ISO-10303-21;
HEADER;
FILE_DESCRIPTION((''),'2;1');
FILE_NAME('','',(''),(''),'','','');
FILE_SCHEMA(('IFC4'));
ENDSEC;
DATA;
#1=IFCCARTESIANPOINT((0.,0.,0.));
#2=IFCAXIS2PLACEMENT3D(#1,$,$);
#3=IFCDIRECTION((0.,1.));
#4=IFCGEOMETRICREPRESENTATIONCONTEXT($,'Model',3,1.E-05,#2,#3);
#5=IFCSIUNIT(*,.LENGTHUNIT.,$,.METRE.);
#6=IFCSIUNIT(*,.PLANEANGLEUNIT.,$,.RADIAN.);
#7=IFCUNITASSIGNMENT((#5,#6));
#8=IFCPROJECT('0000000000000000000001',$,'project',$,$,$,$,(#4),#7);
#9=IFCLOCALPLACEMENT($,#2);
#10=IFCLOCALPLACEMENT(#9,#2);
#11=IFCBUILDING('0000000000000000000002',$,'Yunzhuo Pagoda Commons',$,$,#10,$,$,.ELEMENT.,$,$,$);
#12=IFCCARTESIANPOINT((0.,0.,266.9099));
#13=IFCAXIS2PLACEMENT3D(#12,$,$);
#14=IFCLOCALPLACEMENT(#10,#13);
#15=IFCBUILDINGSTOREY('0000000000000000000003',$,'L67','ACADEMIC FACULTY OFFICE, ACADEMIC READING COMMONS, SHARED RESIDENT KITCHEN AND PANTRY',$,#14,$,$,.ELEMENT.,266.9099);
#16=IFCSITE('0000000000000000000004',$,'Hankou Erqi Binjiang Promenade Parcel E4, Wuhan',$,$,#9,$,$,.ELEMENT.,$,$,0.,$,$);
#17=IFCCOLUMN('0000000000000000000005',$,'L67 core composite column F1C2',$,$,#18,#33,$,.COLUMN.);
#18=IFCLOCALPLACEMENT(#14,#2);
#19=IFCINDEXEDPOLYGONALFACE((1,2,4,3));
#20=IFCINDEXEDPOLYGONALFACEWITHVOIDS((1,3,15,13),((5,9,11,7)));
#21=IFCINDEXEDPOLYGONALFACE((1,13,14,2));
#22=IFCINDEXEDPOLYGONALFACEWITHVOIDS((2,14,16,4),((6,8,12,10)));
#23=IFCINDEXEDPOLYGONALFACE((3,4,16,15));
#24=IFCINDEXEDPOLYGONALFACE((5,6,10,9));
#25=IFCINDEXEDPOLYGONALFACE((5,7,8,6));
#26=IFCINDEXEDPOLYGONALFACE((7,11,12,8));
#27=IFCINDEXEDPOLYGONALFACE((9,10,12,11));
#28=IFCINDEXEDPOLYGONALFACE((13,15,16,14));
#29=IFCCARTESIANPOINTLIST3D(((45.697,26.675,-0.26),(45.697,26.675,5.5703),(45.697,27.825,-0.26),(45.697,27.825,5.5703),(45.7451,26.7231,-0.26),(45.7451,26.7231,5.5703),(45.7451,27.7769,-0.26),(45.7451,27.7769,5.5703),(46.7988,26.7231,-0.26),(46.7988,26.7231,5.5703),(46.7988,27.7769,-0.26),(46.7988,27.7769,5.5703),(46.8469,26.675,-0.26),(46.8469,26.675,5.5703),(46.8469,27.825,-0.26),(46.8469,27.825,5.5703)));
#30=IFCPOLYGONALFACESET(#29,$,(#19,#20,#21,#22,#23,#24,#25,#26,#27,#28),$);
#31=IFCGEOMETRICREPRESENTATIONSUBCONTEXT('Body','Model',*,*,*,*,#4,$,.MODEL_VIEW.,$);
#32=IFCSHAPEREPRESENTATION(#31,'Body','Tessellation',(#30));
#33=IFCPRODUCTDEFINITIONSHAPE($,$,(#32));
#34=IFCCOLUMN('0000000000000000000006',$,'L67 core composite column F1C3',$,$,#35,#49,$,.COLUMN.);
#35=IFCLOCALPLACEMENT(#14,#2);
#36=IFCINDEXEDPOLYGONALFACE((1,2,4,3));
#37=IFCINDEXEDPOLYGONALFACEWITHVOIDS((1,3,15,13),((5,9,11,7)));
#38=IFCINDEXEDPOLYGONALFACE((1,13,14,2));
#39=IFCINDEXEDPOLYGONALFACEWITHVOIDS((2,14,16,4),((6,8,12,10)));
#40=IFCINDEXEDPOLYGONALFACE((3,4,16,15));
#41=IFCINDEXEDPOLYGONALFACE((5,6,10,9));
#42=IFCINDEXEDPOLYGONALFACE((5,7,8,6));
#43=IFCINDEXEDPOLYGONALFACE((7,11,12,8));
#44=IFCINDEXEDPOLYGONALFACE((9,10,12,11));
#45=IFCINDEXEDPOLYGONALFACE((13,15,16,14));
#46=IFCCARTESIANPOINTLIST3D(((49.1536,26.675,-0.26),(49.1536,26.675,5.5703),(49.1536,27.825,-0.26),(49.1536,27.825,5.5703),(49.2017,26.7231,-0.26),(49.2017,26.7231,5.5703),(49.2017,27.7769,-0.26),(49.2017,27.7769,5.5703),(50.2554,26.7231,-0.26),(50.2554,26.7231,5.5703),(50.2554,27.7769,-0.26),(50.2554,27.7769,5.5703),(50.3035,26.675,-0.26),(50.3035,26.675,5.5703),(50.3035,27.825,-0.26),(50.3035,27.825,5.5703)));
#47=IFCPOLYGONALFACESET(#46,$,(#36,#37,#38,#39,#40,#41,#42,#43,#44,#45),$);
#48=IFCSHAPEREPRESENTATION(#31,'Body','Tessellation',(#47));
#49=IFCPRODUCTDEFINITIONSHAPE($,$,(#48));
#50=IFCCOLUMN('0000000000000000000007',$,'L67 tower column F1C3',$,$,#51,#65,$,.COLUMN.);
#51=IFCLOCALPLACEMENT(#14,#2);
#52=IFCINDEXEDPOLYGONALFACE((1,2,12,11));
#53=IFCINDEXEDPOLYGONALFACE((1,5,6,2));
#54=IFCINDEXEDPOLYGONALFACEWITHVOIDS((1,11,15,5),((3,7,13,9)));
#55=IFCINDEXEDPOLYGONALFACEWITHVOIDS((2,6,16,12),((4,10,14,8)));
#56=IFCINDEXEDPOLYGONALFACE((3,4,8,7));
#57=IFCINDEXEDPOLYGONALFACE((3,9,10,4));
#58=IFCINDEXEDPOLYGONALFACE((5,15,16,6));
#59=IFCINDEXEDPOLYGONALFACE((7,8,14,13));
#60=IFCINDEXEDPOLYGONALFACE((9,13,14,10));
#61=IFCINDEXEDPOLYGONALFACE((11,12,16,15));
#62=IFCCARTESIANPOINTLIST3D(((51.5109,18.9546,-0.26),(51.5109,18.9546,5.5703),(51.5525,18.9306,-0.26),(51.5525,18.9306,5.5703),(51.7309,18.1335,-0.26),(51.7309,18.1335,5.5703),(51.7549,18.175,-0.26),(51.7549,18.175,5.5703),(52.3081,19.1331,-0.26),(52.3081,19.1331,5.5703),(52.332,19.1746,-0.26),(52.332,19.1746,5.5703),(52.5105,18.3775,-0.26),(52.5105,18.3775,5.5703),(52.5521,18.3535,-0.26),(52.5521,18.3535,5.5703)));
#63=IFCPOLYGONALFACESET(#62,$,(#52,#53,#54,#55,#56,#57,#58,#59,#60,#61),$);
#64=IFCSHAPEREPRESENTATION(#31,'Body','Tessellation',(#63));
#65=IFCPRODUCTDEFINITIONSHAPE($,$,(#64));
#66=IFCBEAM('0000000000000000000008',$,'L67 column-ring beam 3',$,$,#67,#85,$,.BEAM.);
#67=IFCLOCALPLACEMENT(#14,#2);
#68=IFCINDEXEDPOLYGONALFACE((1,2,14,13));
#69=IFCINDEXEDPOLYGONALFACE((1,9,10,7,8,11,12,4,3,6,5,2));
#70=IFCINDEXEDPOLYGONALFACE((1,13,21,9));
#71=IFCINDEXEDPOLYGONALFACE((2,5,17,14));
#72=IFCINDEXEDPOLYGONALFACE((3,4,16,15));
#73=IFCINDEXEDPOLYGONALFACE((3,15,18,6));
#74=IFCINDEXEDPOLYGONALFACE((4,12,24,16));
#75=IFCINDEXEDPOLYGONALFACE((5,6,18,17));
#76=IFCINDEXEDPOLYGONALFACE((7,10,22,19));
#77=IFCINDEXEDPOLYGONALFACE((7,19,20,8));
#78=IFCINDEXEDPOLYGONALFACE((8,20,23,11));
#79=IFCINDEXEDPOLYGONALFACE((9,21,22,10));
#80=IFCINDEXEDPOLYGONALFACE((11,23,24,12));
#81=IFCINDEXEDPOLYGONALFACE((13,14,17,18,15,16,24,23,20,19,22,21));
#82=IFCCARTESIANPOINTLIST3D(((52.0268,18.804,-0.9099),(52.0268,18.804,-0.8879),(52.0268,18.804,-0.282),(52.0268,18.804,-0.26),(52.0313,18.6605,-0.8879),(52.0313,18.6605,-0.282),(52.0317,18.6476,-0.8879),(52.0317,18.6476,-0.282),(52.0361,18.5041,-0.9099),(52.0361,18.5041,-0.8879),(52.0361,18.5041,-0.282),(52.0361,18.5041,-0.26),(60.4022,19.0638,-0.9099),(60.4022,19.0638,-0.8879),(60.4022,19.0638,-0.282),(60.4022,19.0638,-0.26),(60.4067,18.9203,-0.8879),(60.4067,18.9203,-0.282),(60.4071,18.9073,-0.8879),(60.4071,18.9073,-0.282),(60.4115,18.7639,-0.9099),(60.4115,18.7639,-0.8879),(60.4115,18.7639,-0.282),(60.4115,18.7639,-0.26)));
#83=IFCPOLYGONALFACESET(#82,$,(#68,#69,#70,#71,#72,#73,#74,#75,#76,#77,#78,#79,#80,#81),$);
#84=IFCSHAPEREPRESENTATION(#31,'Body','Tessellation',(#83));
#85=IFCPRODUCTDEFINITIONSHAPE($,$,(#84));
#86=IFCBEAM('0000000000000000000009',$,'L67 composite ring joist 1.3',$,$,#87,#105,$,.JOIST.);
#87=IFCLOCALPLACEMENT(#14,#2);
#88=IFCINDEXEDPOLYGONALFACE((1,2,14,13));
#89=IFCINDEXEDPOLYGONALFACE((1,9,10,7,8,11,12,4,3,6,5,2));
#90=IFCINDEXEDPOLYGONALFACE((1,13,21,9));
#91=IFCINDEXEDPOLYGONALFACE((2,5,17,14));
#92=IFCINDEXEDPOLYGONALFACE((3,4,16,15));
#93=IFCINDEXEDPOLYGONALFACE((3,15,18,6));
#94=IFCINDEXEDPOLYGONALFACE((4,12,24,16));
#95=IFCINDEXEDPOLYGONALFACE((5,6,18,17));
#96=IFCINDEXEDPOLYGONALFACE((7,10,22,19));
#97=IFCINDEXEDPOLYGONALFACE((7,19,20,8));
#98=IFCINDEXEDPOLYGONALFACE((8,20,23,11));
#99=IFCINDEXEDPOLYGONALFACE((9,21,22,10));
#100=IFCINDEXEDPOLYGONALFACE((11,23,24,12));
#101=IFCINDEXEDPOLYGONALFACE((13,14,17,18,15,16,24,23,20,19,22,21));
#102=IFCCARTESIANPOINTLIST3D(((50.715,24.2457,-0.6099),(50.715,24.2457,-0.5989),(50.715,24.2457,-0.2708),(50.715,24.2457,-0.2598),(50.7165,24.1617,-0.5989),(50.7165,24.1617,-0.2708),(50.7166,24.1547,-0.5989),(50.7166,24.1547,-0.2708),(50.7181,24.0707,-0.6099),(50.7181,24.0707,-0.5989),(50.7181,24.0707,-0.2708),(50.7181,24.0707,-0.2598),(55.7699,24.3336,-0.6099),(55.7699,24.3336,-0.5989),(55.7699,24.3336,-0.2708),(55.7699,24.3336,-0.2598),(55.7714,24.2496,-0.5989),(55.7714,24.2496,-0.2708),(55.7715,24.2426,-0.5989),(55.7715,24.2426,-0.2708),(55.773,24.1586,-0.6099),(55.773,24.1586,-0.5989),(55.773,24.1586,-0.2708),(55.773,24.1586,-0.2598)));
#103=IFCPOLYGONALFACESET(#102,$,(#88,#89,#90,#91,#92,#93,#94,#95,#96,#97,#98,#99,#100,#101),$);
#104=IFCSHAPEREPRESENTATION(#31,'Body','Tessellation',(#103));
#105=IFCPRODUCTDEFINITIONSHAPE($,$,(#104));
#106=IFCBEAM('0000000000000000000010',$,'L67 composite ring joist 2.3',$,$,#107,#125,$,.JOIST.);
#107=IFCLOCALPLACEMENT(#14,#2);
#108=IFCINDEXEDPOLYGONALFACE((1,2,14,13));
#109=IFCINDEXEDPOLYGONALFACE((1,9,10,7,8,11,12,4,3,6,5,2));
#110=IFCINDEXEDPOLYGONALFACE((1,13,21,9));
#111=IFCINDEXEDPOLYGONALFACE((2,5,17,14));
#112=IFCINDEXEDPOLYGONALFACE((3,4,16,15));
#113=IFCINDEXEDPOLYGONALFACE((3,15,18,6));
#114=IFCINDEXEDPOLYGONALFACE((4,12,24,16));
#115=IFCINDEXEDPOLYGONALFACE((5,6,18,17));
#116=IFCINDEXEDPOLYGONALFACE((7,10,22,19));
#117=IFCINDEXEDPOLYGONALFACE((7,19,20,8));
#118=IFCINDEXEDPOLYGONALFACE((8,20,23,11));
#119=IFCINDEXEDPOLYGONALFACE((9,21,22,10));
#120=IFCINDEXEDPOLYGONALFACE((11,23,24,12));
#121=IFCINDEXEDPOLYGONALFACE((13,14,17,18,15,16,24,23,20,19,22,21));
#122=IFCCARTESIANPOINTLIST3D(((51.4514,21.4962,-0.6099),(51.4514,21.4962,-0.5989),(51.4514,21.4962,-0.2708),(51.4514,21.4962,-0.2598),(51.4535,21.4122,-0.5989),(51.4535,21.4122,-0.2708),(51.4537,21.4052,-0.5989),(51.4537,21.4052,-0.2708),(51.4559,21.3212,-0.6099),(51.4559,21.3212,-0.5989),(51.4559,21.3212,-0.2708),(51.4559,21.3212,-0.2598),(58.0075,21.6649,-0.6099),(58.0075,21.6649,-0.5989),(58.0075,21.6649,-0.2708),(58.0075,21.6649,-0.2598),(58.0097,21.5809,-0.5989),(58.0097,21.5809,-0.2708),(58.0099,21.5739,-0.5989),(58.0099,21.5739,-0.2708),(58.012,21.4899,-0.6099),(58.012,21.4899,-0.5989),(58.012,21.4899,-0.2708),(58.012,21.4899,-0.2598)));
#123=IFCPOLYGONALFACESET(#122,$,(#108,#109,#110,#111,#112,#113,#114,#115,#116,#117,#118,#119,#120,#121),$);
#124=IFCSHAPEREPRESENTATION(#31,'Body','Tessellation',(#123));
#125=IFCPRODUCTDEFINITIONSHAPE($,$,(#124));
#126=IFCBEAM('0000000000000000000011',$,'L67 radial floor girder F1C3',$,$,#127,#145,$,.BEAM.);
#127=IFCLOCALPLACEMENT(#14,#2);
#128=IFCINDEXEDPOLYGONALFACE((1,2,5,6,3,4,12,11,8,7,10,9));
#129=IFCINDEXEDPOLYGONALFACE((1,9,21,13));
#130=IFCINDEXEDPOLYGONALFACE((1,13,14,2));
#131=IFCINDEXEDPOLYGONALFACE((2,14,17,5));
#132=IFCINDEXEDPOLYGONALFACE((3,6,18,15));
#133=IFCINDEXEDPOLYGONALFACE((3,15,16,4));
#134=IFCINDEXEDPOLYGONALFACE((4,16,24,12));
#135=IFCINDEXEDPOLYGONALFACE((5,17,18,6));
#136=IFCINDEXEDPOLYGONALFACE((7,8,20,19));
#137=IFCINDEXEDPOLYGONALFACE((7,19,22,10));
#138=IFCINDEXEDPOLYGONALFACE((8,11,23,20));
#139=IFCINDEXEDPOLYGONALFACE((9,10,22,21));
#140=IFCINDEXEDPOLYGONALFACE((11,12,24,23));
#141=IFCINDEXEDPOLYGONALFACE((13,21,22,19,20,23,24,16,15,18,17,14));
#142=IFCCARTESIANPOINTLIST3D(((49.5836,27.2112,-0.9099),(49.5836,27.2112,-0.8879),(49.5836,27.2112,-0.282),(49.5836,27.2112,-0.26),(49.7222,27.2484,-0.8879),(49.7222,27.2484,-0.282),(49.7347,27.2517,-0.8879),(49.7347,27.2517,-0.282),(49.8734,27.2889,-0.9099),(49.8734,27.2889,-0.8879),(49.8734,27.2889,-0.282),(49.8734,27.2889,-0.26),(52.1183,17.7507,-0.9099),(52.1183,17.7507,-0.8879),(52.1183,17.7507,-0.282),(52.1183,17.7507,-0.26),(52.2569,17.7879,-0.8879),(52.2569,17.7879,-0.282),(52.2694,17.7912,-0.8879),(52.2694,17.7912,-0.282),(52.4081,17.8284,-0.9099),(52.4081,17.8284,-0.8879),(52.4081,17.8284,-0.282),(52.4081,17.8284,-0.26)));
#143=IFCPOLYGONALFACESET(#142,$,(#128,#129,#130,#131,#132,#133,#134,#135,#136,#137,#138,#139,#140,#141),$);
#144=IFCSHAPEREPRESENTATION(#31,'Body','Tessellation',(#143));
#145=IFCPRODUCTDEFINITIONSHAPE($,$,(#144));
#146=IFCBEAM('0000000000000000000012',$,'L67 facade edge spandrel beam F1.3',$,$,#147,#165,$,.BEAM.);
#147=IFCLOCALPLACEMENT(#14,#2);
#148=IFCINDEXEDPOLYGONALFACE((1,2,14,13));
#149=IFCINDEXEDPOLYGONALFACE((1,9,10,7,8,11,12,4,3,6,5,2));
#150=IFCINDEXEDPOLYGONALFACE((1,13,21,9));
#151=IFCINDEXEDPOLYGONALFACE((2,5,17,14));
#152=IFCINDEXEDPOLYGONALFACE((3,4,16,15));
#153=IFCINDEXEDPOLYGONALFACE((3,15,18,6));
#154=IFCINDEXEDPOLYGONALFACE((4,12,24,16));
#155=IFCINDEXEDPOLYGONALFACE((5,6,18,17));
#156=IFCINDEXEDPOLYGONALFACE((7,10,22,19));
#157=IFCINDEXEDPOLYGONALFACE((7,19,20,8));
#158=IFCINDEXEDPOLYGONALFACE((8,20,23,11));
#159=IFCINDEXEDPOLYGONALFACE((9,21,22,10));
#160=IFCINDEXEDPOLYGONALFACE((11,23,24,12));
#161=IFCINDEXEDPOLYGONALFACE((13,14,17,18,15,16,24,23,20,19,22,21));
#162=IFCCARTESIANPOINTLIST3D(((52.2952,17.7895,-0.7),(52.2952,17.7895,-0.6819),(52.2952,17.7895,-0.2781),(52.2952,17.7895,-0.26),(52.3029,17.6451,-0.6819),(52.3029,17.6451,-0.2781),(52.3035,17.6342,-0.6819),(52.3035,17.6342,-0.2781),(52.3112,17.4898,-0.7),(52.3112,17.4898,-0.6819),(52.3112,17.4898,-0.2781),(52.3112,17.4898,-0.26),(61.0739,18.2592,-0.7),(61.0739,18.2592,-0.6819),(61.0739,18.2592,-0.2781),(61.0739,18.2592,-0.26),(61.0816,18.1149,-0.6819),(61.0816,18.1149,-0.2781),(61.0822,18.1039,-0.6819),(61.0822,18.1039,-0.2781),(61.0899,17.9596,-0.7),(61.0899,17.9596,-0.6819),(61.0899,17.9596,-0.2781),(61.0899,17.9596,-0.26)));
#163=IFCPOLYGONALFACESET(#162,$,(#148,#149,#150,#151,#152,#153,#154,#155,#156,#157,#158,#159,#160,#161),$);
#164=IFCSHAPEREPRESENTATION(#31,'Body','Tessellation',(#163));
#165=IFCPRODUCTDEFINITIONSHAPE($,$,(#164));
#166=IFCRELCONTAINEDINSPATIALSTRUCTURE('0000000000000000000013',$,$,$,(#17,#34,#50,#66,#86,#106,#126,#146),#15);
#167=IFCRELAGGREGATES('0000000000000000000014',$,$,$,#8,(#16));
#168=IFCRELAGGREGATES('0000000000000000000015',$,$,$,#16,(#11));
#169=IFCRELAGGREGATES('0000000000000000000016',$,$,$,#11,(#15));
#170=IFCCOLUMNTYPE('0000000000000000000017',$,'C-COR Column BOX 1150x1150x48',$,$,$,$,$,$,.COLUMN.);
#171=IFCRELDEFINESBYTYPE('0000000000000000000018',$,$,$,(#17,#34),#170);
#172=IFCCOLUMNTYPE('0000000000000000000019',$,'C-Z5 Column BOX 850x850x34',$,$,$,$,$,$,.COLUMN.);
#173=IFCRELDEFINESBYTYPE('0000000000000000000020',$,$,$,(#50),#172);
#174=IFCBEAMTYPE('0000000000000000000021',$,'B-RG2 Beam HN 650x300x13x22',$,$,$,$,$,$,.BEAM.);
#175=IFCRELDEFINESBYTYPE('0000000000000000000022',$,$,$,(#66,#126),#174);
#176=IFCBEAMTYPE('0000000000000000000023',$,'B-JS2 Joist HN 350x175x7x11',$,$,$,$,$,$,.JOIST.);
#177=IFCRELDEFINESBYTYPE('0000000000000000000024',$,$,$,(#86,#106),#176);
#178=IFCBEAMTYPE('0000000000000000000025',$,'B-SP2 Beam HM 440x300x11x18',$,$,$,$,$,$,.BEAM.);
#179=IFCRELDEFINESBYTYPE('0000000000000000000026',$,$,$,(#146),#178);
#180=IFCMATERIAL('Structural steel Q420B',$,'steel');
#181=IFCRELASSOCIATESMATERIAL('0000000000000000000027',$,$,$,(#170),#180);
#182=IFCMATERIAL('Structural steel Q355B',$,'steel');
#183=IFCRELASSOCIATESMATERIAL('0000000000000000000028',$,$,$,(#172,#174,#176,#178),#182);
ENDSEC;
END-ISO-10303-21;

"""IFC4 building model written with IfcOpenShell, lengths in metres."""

from ifc_helpers import new_model, si_unit, direction, frame, origin, origin_2d, place, context, subcontext, project, spatial, hollow_rectangle, i_section, extrude, source, transform, mapped, material, material_profile, profile_set, type_object, element, save


model = new_model("IFC4")

# Units and contexts
model_context = context("Model", 3, precision=1e-05, world=origin(), true_north=direction((0.0, 1.0)))
body_context = subcontext(model_context, "Body", "Model", "MODEL_VIEW")
ifc_project = project(units=[si_unit("LENGTHUNIT", "METRE"), si_unit("PLANEANGLEUNIT", "RADIAN")], contexts=[model_context])

# Site, building, storey
site_placement = place(None, origin())
site = spatial("IfcSite", under=ifc_project, at=site_placement, Name="Hankou Erqi Binjiang Promenade Parcel E4, Wuhan", CompositionType="ELEMENT", RefElevation=0.0)
building_placement = place(site_placement, origin())
building = spatial("IfcBuilding", under=site, at=building_placement, Name="Yunzhuo Pagoda Commons", CompositionType="ELEMENT")
storey_placement = place(building_placement, frame((0.0, 0.0, 266.9099)))
storey = spatial("IfcBuildingStorey", under=building, at=storey_placement, Name="L67", Description="ACADEMIC FACULTY OFFICE, ACADEMIC READING COMMONS, SHARED RESIDENT KITCHEN AND PANTRY", CompositionType="ELEMENT", Elevation=266.9099)

# Columns
ifc_material_1 = material(Name="Structural steel Q420B", Category="steel")
ifc_material_profile_1 = material_profile(ifc_material_1, hollow_rectangle(XDim=1.1499, YDim=1.1499, WallThickness=0.0481, at=origin_2d()), Name="Structural steel Q420B")
ifc_profile_set_1 = profile_set([ifc_material_profile_1], Name="Structural steel Q420B")
column_type_1 = type_object("IfcColumnType", Name="C-COR Column BOX 1150x1150x48", PredefinedType="COLUMN", material=ifc_profile_set_1)
shared_shape_1 = source(origin(), body_context, "Body", "SweptSolid", [
    extrude(hollow_rectangle(XDim=1.1499, YDim=1.1499, WallThickness=0.0481, at=origin_2d()), origin(), (0.0, 0.0, 1.0), 5.8303),
])
for number, where, z_axis, x_axis, name in (
    (1, (46.272, 27.25, -0.26), (0.0, 0.0, 1.0), (1.0, 0.0, 0.0), "L67 core composite column F1C2"),
    (2, (49.7285, 27.25, -0.26), (0.0, 0.0, 1.0), (1.0, 0.0, 0.0), "L67 core composite column F1C3"),
):
    element("IfcColumn", number, at=place(storey_placement, frame(where, z_axis=z_axis, x_axis=x_axis)), inside=storey, type_object=column_type_1, Name=name, PredefinedType="COLUMN", context=body_context, shape_type="MappedRepresentation", body=[
        mapped(shared_shape_1, transform((0.0, 0.0, 0.0), scale=1.0)),
    ])
ifc_material_2 = material(Name="Structural steel Q355B", Category="steel")
ifc_material_profile_2 = material_profile(ifc_material_2, hollow_rectangle(XDim=0.8501, YDim=0.8501, WallThickness=0.0339, at=origin_2d()), Name="Structural steel Q355B")
ifc_profile_set_2 = profile_set([ifc_material_profile_2], Name="Structural steel Q355B")
column_type_2 = type_object("IfcColumnType", Name="C-Z5 Column BOX 850x850x34", PredefinedType="COLUMN", material=ifc_profile_set_2)
shared_shape_2 = source(origin(), body_context, "Body", "SweptSolid", [
    extrude(hollow_rectangle(XDim=0.8501, YDim=0.8501, WallThickness=0.0339, at=origin_2d()), origin(), (0.0, 0.0, 1.0), 5.8303),
])
column_placement = place(storey_placement, frame((52.0315, 18.6541, -0.26), z_axis=(0.0, 0.0, 1.0), x_axis=(0.965926, 0.258819, 0.0)))
element("IfcColumn", 3, at=column_placement, inside=storey, type_object=column_type_2, Name="L67 tower column F1C3", PredefinedType="COLUMN", context=body_context, shape_type="MappedRepresentation", body=[
    mapped(shared_shape_2, transform((0.0, 0.0, 0.0), scale=1.0)),
])

# Beams
ifc_material_profile_3 = material_profile(ifc_material_2, i_section(OverallWidth=0.3, OverallDepth=0.6499, WebThickness=0.0129, FlangeThickness=0.022, at=origin_2d()), Name="Structural steel Q355B")
ifc_profile_set_3 = profile_set([ifc_material_profile_3], Name="Structural steel Q355B")
beam_type_1 = type_object("IfcBeamType", Name="B-RG2 Beam HN 650x300x13x22", PredefinedType="BEAM", material=ifc_profile_set_3)
shared_shape_3 = source(origin(), body_context, "Body", "SweptSolid", [
    extrude(i_section(OverallWidth=0.3, OverallDepth=0.6499, WebThickness=0.0129, FlangeThickness=0.022, at=origin_2d()), origin(), (0.0, 0.0, 1.0), 8.3794),
])
beam_1_placement = place(storey_placement, frame((52.0315, 18.6541, -0.585), z_axis=(0.999519, 0.031, 0.0), x_axis=(-0.031, 0.999519, 0.0)))
element("IfcBeam", 4, at=beam_1_placement, inside=storey, type_object=beam_type_1, Name="L67 column-ring beam 3", PredefinedType="BEAM", context=body_context, shape_type="MappedRepresentation", body=[
    mapped(shared_shape_3, transform((0.0, 0.0, 0.0), scale=1.0)),
])
ifc_material_profile_4 = material_profile(ifc_material_2, i_section(OverallWidth=0.175, OverallDepth=0.3501, WebThickness=0.0071, FlangeThickness=0.011, at=origin_2d()), Name="Structural steel Q355B")
ifc_profile_set_4 = profile_set([ifc_material_profile_4], Name="Structural steel Q355B")
beam_type_2 = type_object("IfcBeamType", Name="B-JS2 Joist HN 350x175x7x11", PredefinedType="JOIST", material=ifc_profile_set_4)
shared_shape_4 = source(origin(), body_context, "Body", "SweptSolid", [
    extrude(i_section(OverallWidth=0.175, OverallDepth=0.3501, WebThickness=0.0071, FlangeThickness=0.011, at=origin_2d()), origin(), (0.0, 0.0, 1.0), 5.0557),
])
beam_2_placement = place(storey_placement, frame((50.7166, 24.1582, -0.4348), z_axis=(0.999849, 0.017384, 0.0), x_axis=(-0.017384, 0.999849, 0.0)))
element("IfcBeam", 5, at=beam_2_placement, inside=storey, type_object=beam_type_2, Name="L67 composite ring joist 1.3", PredefinedType="JOIST", context=body_context, shape_type="MappedRepresentation", body=[
    mapped(shared_shape_4, transform((0.0, 0.0, 0.0), scale=1.0)),
])
shared_shape_5 = source(origin(), body_context, "Body", "SweptSolid", [
    extrude(i_section(OverallWidth=0.175, OverallDepth=0.3501, WebThickness=0.0071, FlangeThickness=0.011, at=origin_2d()), origin(), (0.0, 0.0, 1.0), 6.5583),
])
beam_3_placement = place(storey_placement, frame((51.4536, 21.4087, -0.4348), z_axis=(0.999669, 0.025723, 0.0), x_axis=(-0.025723, 0.999669, 0.0)))
element("IfcBeam", 6, at=beam_3_placement, inside=storey, type_object=beam_type_2, Name="L67 composite ring joist 2.3", PredefinedType="JOIST", context=body_context, shape_type="MappedRepresentation", body=[
    mapped(shared_shape_5, transform((0.0, 0.0, 0.0), scale=1.0)),
])
shared_shape_6 = source(origin(), body_context, "Body", "SweptSolid", [
    extrude(i_section(OverallWidth=0.3, OverallDepth=0.6499, WebThickness=0.0129, FlangeThickness=0.022, at=origin_2d()), origin(), (0.0, 0.0, 1.0), 9.7942),
])
beam_4_placement = place(storey_placement, frame((52.2632, 17.7896, -0.585), z_axis=(-0.258795, 0.965932, 0.0), x_axis=(-0.965932, -0.258795, 0.0)))
element("IfcBeam", 7, at=beam_4_placement, inside=storey, type_object=beam_type_1, Name="L67 radial floor girder F1C3", PredefinedType="BEAM", context=body_context, shape_type="MappedRepresentation", body=[
    mapped(shared_shape_6, transform((0.0, 0.0, 0.0), scale=1.0)),
])
ifc_material_profile_5 = material_profile(ifc_material_2, i_section(OverallWidth=0.3, OverallDepth=0.4399, WebThickness=0.011, FlangeThickness=0.0181, at=origin_2d()), Name="Structural steel Q355B")
ifc_profile_set_5 = profile_set([ifc_material_profile_5], Name="Structural steel Q355B")
beam_type_3 = type_object("IfcBeamType", Name="B-SP2 Beam HM 440x300x11x18", PredefinedType="BEAM", material=ifc_profile_set_5)
shared_shape_7 = source(origin(), body_context, "Body", "SweptSolid", [
    extrude(i_section(OverallWidth=0.3, OverallDepth=0.4399, WebThickness=0.011, FlangeThickness=0.0181, at=origin_2d()), origin(), (0.0, 0.0, 1.0), 8.7913),
])
beam_5_placement = place(storey_placement, frame((52.3032, 17.6396, -0.48), z_axis=(0.998572, 0.05343, 0.0), x_axis=(-0.05343, 0.998572, 0.0)))
element("IfcBeam", 8, at=beam_5_placement, inside=storey, type_object=beam_type_3, Name="L67 facade edge spandrel beam F1.3", PredefinedType="BEAM", context=body_context, shape_type="MappedRepresentation", body=[
    mapped(shared_shape_7, transform((0.0, 0.0, 0.0), scale=1.0)),
])

save(model, "model.ifc")
